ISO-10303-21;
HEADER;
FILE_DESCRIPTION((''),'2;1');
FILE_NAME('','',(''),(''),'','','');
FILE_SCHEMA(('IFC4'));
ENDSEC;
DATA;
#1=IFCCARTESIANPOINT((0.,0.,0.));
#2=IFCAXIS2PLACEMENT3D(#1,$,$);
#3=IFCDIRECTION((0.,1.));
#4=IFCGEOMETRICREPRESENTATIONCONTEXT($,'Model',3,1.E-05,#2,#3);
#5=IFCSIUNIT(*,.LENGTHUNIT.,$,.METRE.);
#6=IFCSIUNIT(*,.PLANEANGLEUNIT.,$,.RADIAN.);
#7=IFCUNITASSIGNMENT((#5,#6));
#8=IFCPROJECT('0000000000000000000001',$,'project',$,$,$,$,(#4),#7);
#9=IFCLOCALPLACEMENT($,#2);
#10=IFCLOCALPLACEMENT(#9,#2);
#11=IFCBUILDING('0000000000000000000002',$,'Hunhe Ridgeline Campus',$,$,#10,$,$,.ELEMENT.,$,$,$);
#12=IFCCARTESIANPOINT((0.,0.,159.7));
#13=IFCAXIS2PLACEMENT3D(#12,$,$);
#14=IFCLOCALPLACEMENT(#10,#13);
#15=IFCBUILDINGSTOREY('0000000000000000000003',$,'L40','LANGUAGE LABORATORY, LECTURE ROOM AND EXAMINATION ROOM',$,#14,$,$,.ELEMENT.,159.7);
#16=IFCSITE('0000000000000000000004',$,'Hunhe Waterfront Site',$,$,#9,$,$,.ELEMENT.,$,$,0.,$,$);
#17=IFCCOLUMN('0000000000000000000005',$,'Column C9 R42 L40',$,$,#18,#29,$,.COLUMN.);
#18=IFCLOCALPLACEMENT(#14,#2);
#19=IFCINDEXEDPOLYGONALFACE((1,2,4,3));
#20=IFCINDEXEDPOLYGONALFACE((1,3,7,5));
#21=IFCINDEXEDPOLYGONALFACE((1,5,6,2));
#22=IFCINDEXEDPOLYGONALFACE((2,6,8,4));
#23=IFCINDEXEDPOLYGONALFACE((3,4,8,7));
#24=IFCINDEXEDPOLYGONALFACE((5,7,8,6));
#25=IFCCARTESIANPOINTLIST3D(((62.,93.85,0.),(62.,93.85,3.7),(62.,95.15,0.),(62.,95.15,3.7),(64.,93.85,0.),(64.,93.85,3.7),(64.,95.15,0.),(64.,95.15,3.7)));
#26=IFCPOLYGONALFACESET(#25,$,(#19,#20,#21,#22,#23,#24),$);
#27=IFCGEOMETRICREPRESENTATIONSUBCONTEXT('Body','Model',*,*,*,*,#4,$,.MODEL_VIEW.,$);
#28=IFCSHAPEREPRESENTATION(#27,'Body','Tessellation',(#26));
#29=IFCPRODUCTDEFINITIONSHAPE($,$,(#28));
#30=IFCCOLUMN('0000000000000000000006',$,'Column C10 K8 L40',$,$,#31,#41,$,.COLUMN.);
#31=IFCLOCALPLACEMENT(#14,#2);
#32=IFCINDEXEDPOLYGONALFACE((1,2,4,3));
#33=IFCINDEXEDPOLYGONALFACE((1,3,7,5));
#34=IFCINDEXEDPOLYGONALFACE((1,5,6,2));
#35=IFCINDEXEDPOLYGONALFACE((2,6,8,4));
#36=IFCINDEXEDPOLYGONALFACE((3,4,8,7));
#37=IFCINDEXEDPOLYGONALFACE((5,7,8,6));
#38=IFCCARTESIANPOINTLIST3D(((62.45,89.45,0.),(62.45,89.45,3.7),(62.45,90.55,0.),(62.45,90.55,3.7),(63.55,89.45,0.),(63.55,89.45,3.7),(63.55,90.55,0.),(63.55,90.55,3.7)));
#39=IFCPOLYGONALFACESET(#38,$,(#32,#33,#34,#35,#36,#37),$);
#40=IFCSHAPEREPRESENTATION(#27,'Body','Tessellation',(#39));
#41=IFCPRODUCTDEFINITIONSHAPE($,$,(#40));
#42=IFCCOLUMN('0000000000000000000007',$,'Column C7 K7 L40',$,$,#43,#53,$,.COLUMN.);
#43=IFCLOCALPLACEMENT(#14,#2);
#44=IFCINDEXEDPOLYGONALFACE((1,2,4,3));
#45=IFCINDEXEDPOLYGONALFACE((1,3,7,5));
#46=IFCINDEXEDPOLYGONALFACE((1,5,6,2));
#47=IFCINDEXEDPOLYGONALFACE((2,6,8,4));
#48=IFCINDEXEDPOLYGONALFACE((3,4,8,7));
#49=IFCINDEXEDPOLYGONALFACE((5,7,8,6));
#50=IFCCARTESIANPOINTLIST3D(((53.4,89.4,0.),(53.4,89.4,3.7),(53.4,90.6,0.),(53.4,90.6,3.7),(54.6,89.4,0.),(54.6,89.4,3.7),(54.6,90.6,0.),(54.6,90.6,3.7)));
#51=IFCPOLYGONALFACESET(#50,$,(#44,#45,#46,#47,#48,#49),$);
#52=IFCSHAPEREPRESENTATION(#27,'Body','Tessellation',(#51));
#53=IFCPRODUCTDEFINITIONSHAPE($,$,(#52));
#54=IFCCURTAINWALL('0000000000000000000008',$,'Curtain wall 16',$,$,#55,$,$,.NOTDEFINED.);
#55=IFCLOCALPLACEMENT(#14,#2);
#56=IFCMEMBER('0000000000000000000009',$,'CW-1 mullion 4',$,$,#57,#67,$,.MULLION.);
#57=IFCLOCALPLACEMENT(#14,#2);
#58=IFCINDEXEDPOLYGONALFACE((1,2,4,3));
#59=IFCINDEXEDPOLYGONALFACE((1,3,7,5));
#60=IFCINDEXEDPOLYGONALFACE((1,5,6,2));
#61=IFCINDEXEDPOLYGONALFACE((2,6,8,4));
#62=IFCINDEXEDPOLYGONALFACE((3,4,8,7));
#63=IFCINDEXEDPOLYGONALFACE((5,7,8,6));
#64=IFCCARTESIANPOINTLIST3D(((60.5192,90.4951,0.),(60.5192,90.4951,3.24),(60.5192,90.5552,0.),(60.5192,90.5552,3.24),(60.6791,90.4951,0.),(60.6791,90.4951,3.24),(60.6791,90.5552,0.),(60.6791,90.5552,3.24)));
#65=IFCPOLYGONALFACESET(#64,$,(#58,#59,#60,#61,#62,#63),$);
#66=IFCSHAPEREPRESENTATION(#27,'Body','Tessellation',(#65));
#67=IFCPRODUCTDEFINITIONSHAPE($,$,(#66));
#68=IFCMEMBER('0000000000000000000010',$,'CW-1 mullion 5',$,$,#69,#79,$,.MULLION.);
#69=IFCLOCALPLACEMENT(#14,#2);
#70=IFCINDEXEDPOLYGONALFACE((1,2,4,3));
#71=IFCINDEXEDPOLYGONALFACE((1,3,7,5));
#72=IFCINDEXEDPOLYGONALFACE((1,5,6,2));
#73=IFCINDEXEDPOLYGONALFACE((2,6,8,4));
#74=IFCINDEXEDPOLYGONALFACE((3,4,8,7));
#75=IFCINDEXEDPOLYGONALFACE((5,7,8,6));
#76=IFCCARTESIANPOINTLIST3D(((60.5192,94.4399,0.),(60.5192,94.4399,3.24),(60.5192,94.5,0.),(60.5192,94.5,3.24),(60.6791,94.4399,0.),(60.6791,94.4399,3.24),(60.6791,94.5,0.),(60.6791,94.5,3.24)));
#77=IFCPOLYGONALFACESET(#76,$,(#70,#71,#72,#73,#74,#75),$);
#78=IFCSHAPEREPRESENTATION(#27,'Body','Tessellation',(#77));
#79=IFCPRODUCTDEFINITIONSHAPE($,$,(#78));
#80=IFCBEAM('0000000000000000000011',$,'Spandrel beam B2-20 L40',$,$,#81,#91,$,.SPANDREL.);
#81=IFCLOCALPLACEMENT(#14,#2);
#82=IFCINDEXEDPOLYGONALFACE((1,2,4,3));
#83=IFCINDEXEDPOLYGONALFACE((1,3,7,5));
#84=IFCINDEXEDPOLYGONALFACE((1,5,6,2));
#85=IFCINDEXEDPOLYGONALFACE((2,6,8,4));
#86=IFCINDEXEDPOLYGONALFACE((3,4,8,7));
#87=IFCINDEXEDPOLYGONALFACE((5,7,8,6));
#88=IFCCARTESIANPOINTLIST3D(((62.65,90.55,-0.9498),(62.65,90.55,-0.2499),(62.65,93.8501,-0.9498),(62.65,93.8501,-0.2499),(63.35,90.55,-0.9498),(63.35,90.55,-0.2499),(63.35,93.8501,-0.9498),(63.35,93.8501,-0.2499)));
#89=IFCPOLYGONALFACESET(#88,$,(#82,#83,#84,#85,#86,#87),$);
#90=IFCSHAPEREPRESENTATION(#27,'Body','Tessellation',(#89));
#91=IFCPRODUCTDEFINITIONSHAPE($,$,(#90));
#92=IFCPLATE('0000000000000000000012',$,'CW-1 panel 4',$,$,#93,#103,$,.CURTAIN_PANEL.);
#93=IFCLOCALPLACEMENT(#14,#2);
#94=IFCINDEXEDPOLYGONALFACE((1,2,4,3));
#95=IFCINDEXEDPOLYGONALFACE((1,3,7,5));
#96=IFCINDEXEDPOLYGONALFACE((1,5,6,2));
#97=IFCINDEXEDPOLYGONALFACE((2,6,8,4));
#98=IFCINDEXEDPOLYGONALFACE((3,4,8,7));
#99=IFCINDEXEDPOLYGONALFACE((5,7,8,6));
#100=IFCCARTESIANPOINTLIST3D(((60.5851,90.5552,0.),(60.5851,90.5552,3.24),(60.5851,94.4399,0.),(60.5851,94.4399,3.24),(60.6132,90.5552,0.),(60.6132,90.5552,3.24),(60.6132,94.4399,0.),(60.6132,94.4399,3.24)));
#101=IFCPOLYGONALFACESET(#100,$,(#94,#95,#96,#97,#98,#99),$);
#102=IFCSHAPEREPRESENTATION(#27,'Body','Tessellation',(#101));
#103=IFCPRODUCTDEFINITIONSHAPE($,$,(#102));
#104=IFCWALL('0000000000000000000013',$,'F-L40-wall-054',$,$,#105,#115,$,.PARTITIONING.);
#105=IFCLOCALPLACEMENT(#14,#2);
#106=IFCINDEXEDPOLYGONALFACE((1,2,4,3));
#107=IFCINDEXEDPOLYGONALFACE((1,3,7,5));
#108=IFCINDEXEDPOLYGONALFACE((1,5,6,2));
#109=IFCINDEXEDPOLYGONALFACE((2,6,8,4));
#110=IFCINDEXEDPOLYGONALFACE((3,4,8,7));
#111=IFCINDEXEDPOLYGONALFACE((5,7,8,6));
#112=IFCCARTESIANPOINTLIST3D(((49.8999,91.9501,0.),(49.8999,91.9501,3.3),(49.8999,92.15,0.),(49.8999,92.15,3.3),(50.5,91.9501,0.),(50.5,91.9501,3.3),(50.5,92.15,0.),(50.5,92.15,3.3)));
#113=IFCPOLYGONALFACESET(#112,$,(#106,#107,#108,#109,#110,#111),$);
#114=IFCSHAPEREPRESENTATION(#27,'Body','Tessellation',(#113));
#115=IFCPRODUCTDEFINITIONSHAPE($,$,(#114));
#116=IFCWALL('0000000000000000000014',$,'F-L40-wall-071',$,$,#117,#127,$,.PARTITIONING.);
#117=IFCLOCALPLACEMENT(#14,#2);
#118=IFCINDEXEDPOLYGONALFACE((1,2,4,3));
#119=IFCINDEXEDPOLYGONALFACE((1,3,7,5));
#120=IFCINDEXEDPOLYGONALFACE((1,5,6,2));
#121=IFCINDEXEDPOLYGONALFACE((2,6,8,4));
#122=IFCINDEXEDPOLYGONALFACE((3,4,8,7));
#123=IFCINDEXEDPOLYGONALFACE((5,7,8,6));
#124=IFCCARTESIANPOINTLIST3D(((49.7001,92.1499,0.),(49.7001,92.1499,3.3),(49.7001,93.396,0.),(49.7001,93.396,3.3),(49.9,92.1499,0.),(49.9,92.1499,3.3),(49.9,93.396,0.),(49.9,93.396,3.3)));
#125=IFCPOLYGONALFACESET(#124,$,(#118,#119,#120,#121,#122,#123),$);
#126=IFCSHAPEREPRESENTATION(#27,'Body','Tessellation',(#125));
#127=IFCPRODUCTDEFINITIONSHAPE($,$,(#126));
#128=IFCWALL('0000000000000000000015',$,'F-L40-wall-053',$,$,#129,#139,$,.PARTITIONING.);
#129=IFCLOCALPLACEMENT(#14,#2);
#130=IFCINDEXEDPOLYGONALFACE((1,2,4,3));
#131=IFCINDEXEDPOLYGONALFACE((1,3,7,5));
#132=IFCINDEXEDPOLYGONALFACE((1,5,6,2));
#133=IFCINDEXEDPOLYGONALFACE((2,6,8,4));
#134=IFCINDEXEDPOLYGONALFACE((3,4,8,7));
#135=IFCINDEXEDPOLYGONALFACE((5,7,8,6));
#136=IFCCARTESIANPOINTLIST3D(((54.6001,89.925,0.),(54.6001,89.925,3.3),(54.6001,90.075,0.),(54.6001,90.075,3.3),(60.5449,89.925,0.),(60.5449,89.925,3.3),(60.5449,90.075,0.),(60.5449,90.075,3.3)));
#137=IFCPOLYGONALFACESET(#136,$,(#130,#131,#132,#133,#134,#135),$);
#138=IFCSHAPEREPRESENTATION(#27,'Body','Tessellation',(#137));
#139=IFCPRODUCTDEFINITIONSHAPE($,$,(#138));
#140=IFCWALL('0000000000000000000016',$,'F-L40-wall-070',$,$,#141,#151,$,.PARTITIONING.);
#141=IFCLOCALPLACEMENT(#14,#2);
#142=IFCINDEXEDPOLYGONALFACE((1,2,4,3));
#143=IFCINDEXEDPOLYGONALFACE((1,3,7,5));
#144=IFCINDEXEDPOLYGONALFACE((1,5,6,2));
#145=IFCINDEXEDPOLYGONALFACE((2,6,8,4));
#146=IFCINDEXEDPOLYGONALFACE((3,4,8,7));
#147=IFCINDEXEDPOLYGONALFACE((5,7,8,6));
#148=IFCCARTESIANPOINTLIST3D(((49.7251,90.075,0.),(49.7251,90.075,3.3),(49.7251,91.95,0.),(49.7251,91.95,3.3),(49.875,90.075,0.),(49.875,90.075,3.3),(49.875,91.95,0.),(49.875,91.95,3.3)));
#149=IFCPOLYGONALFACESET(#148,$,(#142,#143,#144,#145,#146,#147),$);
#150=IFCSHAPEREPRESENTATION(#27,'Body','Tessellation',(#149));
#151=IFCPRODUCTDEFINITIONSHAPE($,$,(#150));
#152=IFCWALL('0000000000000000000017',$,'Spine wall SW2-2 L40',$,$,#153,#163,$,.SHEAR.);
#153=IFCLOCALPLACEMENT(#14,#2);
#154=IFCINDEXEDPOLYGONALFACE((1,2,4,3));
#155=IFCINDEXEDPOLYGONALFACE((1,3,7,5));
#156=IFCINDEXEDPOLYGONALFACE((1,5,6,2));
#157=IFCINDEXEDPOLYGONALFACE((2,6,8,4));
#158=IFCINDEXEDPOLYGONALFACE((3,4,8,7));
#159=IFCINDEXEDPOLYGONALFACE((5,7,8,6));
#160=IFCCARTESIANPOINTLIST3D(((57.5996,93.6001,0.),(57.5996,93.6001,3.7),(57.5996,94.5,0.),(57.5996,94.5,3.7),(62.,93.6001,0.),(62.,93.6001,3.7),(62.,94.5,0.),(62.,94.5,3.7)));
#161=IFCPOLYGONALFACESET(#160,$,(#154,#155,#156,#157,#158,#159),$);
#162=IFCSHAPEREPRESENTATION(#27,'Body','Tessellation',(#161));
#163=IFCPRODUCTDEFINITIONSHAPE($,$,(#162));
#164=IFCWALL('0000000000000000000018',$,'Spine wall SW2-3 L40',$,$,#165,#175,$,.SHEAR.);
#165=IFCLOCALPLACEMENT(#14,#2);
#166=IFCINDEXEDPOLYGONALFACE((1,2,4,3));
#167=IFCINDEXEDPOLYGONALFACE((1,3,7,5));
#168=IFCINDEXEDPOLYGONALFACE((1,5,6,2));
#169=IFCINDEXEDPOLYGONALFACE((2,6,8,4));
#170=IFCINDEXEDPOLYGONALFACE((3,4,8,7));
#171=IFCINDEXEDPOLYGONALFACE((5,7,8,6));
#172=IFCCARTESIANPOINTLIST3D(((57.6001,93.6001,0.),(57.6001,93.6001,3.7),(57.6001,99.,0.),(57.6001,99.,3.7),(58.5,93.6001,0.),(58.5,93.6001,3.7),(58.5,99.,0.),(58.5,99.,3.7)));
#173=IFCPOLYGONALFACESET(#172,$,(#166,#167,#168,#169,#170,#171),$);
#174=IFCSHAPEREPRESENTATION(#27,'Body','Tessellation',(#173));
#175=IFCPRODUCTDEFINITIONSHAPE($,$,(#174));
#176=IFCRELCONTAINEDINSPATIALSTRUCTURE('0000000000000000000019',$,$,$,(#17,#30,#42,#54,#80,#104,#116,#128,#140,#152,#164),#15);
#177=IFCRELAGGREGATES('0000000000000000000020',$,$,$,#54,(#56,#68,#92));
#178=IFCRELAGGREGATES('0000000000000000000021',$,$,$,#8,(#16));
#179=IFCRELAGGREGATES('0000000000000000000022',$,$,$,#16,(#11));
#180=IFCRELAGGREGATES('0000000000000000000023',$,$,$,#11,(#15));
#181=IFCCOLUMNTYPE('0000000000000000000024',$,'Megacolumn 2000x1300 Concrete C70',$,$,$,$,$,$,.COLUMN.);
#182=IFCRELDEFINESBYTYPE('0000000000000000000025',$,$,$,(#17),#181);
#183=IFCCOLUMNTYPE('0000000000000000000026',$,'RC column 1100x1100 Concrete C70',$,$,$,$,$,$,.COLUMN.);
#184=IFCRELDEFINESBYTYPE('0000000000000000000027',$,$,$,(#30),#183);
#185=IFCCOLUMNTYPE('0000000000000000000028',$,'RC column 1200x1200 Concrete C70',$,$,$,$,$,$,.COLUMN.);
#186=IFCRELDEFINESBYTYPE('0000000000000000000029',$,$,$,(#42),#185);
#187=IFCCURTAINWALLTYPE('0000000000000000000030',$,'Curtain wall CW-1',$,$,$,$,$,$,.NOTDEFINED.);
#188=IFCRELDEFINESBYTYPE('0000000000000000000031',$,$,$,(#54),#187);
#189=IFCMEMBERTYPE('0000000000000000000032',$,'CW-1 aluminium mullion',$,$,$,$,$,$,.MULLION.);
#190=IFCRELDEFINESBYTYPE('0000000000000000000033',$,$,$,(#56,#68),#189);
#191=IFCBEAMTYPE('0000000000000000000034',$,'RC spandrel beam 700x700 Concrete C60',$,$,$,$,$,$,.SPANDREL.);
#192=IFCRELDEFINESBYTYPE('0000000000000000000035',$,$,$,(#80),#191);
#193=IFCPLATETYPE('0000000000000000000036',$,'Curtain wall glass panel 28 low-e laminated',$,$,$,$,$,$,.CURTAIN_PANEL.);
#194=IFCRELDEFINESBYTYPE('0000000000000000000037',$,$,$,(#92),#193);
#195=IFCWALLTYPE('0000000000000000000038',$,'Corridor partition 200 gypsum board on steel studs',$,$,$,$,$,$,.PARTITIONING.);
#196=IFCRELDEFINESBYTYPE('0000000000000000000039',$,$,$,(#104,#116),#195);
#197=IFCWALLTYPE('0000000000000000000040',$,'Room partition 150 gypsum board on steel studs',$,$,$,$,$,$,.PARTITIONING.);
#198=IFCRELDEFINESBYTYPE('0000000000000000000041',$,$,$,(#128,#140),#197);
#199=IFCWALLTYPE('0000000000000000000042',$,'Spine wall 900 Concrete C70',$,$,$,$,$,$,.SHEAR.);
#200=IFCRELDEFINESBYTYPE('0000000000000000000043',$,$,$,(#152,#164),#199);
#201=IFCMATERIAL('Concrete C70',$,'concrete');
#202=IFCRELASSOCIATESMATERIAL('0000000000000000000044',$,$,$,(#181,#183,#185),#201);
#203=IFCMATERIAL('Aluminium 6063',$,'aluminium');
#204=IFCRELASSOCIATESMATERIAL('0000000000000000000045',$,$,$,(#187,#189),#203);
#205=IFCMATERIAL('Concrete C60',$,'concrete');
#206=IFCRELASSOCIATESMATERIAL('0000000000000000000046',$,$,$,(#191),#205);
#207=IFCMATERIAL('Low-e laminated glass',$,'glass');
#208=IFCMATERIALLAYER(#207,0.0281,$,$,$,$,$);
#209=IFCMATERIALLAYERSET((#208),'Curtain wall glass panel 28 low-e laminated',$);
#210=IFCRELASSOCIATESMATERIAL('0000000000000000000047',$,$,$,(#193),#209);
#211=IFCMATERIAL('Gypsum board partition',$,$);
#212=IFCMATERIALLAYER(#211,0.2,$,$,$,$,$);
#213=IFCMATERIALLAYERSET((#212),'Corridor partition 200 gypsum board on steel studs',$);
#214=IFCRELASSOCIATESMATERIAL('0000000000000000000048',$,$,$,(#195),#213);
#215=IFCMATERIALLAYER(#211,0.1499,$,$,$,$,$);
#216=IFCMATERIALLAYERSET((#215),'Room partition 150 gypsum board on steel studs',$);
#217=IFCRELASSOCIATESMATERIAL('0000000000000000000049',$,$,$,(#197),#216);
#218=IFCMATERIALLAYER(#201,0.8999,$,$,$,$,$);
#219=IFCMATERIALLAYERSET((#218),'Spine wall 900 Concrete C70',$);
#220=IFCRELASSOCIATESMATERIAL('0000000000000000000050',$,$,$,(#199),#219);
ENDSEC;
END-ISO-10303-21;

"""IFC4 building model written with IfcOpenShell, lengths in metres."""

from ifc_helpers import new_model, si_unit, direction, frame, frame_2d, origin, origin_2d, place, context, subcontext, project, spatial, rectangle, extrude, material, layer, layer_set, material_profile, profile_set, type_object, element, aggregate, save


model = new_model("IFC4")

# Units and contexts
model_context = context("Model", 3, precision=1e-05, world=origin(), true_north=direction((0.0, 1.0)))
body_context = subcontext(model_context, "Body", "Model", "MODEL_VIEW")
ifc_project = project(units=[si_unit("LENGTHUNIT", "METRE"), si_unit("PLANEANGLEUNIT", "RADIAN")], contexts=[model_context])

# Site, building, storey
site_placement = place(None, origin())
site = spatial("IfcSite", under=ifc_project, at=site_placement, Name="Hunhe Waterfront Site", CompositionType="ELEMENT", RefElevation=0.0)
building_placement = place(site_placement, origin())
building = spatial("IfcBuilding", under=site, at=building_placement, Name="Hunhe Ridgeline Campus", CompositionType="ELEMENT")
storey_placement = place(building_placement, frame((0.0, 0.0, 159.7)))
storey = spatial("IfcBuildingStorey", under=building, at=storey_placement, Name="L40", Description="LANGUAGE LABORATORY, LECTURE ROOM AND EXAMINATION ROOM", CompositionType="ELEMENT", Elevation=159.7)

# Columns
ifc_material_1 = material(Name="Concrete C70", Category="concrete")
ifc_material_profile_1 = material_profile(ifc_material_1, rectangle(XDim=2.0, YDim=1.3, at=origin_2d()))
ifc_profile_set_1 = profile_set([ifc_material_profile_1], Name="Concrete C70")
column_type_1 = type_object("IfcColumnType", Name="Megacolumn 2000x1300 Concrete C70", PredefinedType="COLUMN", material=ifc_profile_set_1)
column_1_placement = place(storey_placement, frame((63.0, 94.5, 0.0), z_axis=(0.0, 0.0, 1.0), x_axis=(1.0, 0.0, 0.0)))
element("IfcColumn", 1, at=column_1_placement, inside=storey, type_object=column_type_1, Name="Column C9 R42 L40", PredefinedType="COLUMN", context=body_context, shape_type="SweptSolid", body=[
    extrude(rectangle(XDim=2.0, YDim=1.3, at=origin_2d()), origin(), (0.0, 0.0, 1.0), 3.7),
])
ifc_material_profile_2 = material_profile(ifc_material_1, rectangle(XDim=1.1001, YDim=1.1001, at=origin_2d()))
ifc_profile_set_2 = profile_set([ifc_material_profile_2], Name="Concrete C70")
column_type_2 = type_object("IfcColumnType", Name="RC column 1100x1100 Concrete C70", PredefinedType="COLUMN", material=ifc_profile_set_2)
column_2_placement = place(storey_placement, frame((63.0, 90.0, 0.0), z_axis=(0.0, 0.0, 1.0), x_axis=(1.0, 0.0, 0.0)))
element("IfcColumn", 2, at=column_2_placement, inside=storey, type_object=column_type_2, Name="Column C10 K8 L40", PredefinedType="COLUMN", context=body_context, shape_type="SweptSolid", body=[
    extrude(rectangle(XDim=1.1001, YDim=1.1001, at=origin_2d()), origin(), (0.0, 0.0, 1.0), 3.7),
])
ifc_material_profile_3 = material_profile(ifc_material_1, rectangle(XDim=1.2, YDim=1.2, at=origin_2d()))
ifc_profile_set_3 = profile_set([ifc_material_profile_3], Name="Concrete C70")
column_type_3 = type_object("IfcColumnType", Name="RC column 1200x1200 Concrete C70", PredefinedType="COLUMN", material=ifc_profile_set_3)
column_3_placement = place(storey_placement, frame((54.0, 90.0, 0.0), z_axis=(0.0, 0.0, 1.0), x_axis=(1.0, 0.0, 0.0)))
element("IfcColumn", 3, at=column_3_placement, inside=storey, type_object=column_type_3, Name="Column C7 K7 L40", PredefinedType="COLUMN", context=body_context, shape_type="SweptSolid", body=[
    extrude(rectangle(XDim=1.2, YDim=1.2, at=origin_2d()), origin(), (0.0, 0.0, 1.0), 3.7),
])

# Curtain wall, members
ifc_material_2 = material(Name="Aluminium 6063", Category="aluminium")
curtain_wall_type = type_object("IfcCurtainWallType", Name="Curtain wall CW-1", PredefinedType="NOTDEFINED", material=ifc_material_2)
curtain_wall_placement = place(storey_placement, origin())
curtain_wall = element("IfcCurtainWall", 4, at=curtain_wall_placement, inside=storey, type_object=curtain_wall_type, Name="Curtain wall 16", PredefinedType="NOTDEFINED")
ifc_material_profile_4 = material_profile(ifc_material_2, rectangle(XDim=0.1599, YDim=0.0601, at=origin_2d()))
ifc_profile_set_4 = profile_set([ifc_material_profile_4], Name="Aluminium 6063")
member_type = type_object("IfcMemberType", Name="CW-1 aluminium mullion", PredefinedType="MULLION", material=ifc_profile_set_4)
member_1_placement = place(storey_placement, frame((60.5991, 90.5251, 0.0), z_axis=(0.0, 0.0, 1.0), x_axis=(-1.0, 0.0, 0.0)))
member_1 = element("IfcMember", 5, at=member_1_placement, type_object=member_type, Name="CW-1 mullion 4", PredefinedType="MULLION", context=body_context, shape_type="SweptSolid", body=[
    extrude(rectangle(XDim=0.1599, YDim=0.0601, at=origin_2d()), origin(), (0.0, 0.0, 1.0), 3.24),
])
member_2_placement = place(storey_placement, frame((60.5991, 94.47, 0.0), z_axis=(0.0, 0.0, 1.0), x_axis=(-1.0, 0.0, 0.0)))
member_2 = element("IfcMember", 6, at=member_2_placement, type_object=member_type, Name="CW-1 mullion 5", PredefinedType="MULLION", context=body_context, shape_type="SweptSolid", body=[
    extrude(rectangle(XDim=0.1599, YDim=0.0601, at=origin_2d()), origin(), (0.0, 0.0, 1.0), 3.24),
])

# Beam
ifc_material_3 = material(Name="Concrete C60", Category="concrete")
ifc_material_profile_5 = material_profile(ifc_material_3, rectangle(XDim=0.7, YDim=0.7, at=origin_2d()))
ifc_profile_set_5 = profile_set([ifc_material_profile_5], Name="Concrete C60")
beam_type = type_object("IfcBeamType", Name="RC spandrel beam 700x700 Concrete C60", PredefinedType="SPANDREL", material=ifc_profile_set_5)
beam_placement = place(storey_placement, frame((63.0, 90.55, -0.5999), z_axis=(0.0, 1.0, 0.0), x_axis=(-1.0, 0.0, 0.0)))
element("IfcBeam", 7, at=beam_placement, inside=storey, type_object=beam_type, Name="Spandrel beam B2-20 L40", PredefinedType="SPANDREL", context=body_context, shape_type="SweptSolid", body=[
    extrude(rectangle(XDim=0.7, YDim=0.7, at=origin_2d()), origin(), (0.0, 0.0, 1.0), 3.3),
])

# Plate
ifc_material_4 = material(Name="Low-e laminated glass", Category="glass")
ifc_layer_1 = layer(ifc_material_4, 0.0281)
ifc_layer_set_1 = layer_set([ifc_layer_1], Name="Curtain wall glass panel 28 low-e laminated")
plate_type = type_object("IfcPlateType", Name="Curtain wall glass panel 28 low-e laminated", PredefinedType="CURTAIN_PANEL", material=ifc_layer_set_1)
plate_placement = place(storey_placement, frame((60.5991, 92.4976, 0.0), z_axis=(0.0, 0.0, 1.0), x_axis=(0.0, 1.0, 0.0)))
plate = element("IfcPlate", 8, at=plate_placement, type_object=plate_type, Name="CW-1 panel 4", PredefinedType="CURTAIN_PANEL", context=body_context, shape_type="SweptSolid", body=[
    extrude(rectangle(XDim=3.8848, YDim=0.0281, at=origin_2d()), origin(), (0.0, 0.0, 1.0), 3.24),
])
aggregate(curtain_wall, [member_1, member_2, plate])

# Walls
ifc_material_5 = material(Name="Gypsum board partition")
ifc_layer_2 = layer(ifc_material_5, 0.2)
ifc_layer_set_2 = layer_set([ifc_layer_2], Name="Corridor partition 200 gypsum board on steel studs")
wall_type_1 = type_object("IfcWallType", Name="Corridor partition 200 gypsum board on steel studs", PredefinedType="PARTITIONING", material=ifc_layer_set_2)
wall_1_placement = place(storey_placement, frame((50.5, 92.05, 0.0), z_axis=(0.0, 0.0, 1.0), x_axis=(-1.0, 0.0, 0.0)))
element("IfcWall", 9, at=wall_1_placement, inside=storey, type_object=wall_type_1, Name="F-L40-wall-054", PredefinedType="PARTITIONING", context=body_context, shape_type="SweptSolid", body=[
    extrude(rectangle(XDim=0.6001, YDim=0.2, at=frame_2d((0.3, 0.0))), origin(), (0.0, 0.0, 1.0), 3.3),
])
wall_2_placement = place(storey_placement, frame((49.8, 92.1499, 0.0), z_axis=(0.0, 0.0, 1.0), x_axis=(0.0, 1.0, 0.0)))
element("IfcWall", 10, at=wall_2_placement, inside=storey, type_object=wall_type_1, Name="F-L40-wall-071", PredefinedType="PARTITIONING", context=body_context, shape_type="SweptSolid", body=[
    extrude(rectangle(XDim=1.2461, YDim=0.2, at=frame_2d((0.623, 0.0))), origin(), (0.0, 0.0, 1.0), 3.3),
])

# Walls
ifc_layer_3 = layer(ifc_material_5, 0.1499)
ifc_layer_set_3 = layer_set([ifc_layer_3], Name="Room partition 150 gypsum board on steel studs")
wall_type_2 = type_object("IfcWallType", Name="Room partition 150 gypsum board on steel studs", PredefinedType="PARTITIONING", material=ifc_layer_set_3)
wall_3_placement = place(storey_placement, frame((54.6001, 90.0, 0.0), z_axis=(0.0, 0.0, 1.0), x_axis=(1.0, 0.0, 0.0)))
element("IfcWall", 11, at=wall_3_placement, inside=storey, type_object=wall_type_2, Name="F-L40-wall-053", PredefinedType="PARTITIONING", context=body_context, shape_type="SweptSolid", body=[
    extrude(rectangle(XDim=5.9448, YDim=0.1499, at=frame_2d((2.9724, 0.0))), origin(), (0.0, 0.0, 1.0), 3.3),
])
wall_4_placement = place(storey_placement, frame((49.8, 91.95, 0.0), z_axis=(0.0, 0.0, 1.0), x_axis=(0.0, -1.0, 0.0)))
element("IfcWall", 12, at=wall_4_placement, inside=storey, type_object=wall_type_2, Name="F-L40-wall-070", PredefinedType="PARTITIONING", context=body_context, shape_type="SweptSolid", body=[
    extrude(rectangle(XDim=1.875, YDim=0.1499, at=frame_2d((0.9375, 0.0))), origin(), (0.0, 0.0, 1.0), 3.3),
])
ifc_layer_4 = layer(ifc_material_1, 0.8999)
ifc_layer_set_4 = layer_set([ifc_layer_4], Name="Spine wall 900 Concrete C70")
wall_type_3 = type_object("IfcWallType", Name="Spine wall 900 Concrete C70", PredefinedType="SHEAR", material=ifc_layer_set_4)
wall_5_placement = place(storey_placement, frame((62.0, 94.05, 0.0), z_axis=(0.0, 0.0, 1.0), x_axis=(-1.0, 0.0, 0.0)))
element("IfcWall", 13, at=wall_5_placement, inside=storey, type_object=wall_type_3, Name="Spine wall SW2-2 L40", PredefinedType="SHEAR", context=body_context, shape_type="SweptSolid", body=[
    extrude(rectangle(XDim=4.4004, YDim=0.8999, at=frame_2d((2.2002, 0.0))), origin(), (0.0, 0.0, 1.0), 3.7),
])
wall_6_placement = place(storey_placement, frame((58.05, 93.6001, 0.0), z_axis=(0.0, 0.0, 1.0), x_axis=(0.0, 1.0, 0.0)))
element("IfcWall", 14, at=wall_6_placement, inside=storey, type_object=wall_type_3, Name="Spine wall SW2-3 L40", PredefinedType="SHEAR", context=body_context, shape_type="SweptSolid", body=[
    extrude(rectangle(XDim=5.3999, YDim=0.8999, at=frame_2d((2.7, 0.0))), origin(), (0.0, 0.0, 1.0), 3.7),
])

save(model, "model.ifc")
